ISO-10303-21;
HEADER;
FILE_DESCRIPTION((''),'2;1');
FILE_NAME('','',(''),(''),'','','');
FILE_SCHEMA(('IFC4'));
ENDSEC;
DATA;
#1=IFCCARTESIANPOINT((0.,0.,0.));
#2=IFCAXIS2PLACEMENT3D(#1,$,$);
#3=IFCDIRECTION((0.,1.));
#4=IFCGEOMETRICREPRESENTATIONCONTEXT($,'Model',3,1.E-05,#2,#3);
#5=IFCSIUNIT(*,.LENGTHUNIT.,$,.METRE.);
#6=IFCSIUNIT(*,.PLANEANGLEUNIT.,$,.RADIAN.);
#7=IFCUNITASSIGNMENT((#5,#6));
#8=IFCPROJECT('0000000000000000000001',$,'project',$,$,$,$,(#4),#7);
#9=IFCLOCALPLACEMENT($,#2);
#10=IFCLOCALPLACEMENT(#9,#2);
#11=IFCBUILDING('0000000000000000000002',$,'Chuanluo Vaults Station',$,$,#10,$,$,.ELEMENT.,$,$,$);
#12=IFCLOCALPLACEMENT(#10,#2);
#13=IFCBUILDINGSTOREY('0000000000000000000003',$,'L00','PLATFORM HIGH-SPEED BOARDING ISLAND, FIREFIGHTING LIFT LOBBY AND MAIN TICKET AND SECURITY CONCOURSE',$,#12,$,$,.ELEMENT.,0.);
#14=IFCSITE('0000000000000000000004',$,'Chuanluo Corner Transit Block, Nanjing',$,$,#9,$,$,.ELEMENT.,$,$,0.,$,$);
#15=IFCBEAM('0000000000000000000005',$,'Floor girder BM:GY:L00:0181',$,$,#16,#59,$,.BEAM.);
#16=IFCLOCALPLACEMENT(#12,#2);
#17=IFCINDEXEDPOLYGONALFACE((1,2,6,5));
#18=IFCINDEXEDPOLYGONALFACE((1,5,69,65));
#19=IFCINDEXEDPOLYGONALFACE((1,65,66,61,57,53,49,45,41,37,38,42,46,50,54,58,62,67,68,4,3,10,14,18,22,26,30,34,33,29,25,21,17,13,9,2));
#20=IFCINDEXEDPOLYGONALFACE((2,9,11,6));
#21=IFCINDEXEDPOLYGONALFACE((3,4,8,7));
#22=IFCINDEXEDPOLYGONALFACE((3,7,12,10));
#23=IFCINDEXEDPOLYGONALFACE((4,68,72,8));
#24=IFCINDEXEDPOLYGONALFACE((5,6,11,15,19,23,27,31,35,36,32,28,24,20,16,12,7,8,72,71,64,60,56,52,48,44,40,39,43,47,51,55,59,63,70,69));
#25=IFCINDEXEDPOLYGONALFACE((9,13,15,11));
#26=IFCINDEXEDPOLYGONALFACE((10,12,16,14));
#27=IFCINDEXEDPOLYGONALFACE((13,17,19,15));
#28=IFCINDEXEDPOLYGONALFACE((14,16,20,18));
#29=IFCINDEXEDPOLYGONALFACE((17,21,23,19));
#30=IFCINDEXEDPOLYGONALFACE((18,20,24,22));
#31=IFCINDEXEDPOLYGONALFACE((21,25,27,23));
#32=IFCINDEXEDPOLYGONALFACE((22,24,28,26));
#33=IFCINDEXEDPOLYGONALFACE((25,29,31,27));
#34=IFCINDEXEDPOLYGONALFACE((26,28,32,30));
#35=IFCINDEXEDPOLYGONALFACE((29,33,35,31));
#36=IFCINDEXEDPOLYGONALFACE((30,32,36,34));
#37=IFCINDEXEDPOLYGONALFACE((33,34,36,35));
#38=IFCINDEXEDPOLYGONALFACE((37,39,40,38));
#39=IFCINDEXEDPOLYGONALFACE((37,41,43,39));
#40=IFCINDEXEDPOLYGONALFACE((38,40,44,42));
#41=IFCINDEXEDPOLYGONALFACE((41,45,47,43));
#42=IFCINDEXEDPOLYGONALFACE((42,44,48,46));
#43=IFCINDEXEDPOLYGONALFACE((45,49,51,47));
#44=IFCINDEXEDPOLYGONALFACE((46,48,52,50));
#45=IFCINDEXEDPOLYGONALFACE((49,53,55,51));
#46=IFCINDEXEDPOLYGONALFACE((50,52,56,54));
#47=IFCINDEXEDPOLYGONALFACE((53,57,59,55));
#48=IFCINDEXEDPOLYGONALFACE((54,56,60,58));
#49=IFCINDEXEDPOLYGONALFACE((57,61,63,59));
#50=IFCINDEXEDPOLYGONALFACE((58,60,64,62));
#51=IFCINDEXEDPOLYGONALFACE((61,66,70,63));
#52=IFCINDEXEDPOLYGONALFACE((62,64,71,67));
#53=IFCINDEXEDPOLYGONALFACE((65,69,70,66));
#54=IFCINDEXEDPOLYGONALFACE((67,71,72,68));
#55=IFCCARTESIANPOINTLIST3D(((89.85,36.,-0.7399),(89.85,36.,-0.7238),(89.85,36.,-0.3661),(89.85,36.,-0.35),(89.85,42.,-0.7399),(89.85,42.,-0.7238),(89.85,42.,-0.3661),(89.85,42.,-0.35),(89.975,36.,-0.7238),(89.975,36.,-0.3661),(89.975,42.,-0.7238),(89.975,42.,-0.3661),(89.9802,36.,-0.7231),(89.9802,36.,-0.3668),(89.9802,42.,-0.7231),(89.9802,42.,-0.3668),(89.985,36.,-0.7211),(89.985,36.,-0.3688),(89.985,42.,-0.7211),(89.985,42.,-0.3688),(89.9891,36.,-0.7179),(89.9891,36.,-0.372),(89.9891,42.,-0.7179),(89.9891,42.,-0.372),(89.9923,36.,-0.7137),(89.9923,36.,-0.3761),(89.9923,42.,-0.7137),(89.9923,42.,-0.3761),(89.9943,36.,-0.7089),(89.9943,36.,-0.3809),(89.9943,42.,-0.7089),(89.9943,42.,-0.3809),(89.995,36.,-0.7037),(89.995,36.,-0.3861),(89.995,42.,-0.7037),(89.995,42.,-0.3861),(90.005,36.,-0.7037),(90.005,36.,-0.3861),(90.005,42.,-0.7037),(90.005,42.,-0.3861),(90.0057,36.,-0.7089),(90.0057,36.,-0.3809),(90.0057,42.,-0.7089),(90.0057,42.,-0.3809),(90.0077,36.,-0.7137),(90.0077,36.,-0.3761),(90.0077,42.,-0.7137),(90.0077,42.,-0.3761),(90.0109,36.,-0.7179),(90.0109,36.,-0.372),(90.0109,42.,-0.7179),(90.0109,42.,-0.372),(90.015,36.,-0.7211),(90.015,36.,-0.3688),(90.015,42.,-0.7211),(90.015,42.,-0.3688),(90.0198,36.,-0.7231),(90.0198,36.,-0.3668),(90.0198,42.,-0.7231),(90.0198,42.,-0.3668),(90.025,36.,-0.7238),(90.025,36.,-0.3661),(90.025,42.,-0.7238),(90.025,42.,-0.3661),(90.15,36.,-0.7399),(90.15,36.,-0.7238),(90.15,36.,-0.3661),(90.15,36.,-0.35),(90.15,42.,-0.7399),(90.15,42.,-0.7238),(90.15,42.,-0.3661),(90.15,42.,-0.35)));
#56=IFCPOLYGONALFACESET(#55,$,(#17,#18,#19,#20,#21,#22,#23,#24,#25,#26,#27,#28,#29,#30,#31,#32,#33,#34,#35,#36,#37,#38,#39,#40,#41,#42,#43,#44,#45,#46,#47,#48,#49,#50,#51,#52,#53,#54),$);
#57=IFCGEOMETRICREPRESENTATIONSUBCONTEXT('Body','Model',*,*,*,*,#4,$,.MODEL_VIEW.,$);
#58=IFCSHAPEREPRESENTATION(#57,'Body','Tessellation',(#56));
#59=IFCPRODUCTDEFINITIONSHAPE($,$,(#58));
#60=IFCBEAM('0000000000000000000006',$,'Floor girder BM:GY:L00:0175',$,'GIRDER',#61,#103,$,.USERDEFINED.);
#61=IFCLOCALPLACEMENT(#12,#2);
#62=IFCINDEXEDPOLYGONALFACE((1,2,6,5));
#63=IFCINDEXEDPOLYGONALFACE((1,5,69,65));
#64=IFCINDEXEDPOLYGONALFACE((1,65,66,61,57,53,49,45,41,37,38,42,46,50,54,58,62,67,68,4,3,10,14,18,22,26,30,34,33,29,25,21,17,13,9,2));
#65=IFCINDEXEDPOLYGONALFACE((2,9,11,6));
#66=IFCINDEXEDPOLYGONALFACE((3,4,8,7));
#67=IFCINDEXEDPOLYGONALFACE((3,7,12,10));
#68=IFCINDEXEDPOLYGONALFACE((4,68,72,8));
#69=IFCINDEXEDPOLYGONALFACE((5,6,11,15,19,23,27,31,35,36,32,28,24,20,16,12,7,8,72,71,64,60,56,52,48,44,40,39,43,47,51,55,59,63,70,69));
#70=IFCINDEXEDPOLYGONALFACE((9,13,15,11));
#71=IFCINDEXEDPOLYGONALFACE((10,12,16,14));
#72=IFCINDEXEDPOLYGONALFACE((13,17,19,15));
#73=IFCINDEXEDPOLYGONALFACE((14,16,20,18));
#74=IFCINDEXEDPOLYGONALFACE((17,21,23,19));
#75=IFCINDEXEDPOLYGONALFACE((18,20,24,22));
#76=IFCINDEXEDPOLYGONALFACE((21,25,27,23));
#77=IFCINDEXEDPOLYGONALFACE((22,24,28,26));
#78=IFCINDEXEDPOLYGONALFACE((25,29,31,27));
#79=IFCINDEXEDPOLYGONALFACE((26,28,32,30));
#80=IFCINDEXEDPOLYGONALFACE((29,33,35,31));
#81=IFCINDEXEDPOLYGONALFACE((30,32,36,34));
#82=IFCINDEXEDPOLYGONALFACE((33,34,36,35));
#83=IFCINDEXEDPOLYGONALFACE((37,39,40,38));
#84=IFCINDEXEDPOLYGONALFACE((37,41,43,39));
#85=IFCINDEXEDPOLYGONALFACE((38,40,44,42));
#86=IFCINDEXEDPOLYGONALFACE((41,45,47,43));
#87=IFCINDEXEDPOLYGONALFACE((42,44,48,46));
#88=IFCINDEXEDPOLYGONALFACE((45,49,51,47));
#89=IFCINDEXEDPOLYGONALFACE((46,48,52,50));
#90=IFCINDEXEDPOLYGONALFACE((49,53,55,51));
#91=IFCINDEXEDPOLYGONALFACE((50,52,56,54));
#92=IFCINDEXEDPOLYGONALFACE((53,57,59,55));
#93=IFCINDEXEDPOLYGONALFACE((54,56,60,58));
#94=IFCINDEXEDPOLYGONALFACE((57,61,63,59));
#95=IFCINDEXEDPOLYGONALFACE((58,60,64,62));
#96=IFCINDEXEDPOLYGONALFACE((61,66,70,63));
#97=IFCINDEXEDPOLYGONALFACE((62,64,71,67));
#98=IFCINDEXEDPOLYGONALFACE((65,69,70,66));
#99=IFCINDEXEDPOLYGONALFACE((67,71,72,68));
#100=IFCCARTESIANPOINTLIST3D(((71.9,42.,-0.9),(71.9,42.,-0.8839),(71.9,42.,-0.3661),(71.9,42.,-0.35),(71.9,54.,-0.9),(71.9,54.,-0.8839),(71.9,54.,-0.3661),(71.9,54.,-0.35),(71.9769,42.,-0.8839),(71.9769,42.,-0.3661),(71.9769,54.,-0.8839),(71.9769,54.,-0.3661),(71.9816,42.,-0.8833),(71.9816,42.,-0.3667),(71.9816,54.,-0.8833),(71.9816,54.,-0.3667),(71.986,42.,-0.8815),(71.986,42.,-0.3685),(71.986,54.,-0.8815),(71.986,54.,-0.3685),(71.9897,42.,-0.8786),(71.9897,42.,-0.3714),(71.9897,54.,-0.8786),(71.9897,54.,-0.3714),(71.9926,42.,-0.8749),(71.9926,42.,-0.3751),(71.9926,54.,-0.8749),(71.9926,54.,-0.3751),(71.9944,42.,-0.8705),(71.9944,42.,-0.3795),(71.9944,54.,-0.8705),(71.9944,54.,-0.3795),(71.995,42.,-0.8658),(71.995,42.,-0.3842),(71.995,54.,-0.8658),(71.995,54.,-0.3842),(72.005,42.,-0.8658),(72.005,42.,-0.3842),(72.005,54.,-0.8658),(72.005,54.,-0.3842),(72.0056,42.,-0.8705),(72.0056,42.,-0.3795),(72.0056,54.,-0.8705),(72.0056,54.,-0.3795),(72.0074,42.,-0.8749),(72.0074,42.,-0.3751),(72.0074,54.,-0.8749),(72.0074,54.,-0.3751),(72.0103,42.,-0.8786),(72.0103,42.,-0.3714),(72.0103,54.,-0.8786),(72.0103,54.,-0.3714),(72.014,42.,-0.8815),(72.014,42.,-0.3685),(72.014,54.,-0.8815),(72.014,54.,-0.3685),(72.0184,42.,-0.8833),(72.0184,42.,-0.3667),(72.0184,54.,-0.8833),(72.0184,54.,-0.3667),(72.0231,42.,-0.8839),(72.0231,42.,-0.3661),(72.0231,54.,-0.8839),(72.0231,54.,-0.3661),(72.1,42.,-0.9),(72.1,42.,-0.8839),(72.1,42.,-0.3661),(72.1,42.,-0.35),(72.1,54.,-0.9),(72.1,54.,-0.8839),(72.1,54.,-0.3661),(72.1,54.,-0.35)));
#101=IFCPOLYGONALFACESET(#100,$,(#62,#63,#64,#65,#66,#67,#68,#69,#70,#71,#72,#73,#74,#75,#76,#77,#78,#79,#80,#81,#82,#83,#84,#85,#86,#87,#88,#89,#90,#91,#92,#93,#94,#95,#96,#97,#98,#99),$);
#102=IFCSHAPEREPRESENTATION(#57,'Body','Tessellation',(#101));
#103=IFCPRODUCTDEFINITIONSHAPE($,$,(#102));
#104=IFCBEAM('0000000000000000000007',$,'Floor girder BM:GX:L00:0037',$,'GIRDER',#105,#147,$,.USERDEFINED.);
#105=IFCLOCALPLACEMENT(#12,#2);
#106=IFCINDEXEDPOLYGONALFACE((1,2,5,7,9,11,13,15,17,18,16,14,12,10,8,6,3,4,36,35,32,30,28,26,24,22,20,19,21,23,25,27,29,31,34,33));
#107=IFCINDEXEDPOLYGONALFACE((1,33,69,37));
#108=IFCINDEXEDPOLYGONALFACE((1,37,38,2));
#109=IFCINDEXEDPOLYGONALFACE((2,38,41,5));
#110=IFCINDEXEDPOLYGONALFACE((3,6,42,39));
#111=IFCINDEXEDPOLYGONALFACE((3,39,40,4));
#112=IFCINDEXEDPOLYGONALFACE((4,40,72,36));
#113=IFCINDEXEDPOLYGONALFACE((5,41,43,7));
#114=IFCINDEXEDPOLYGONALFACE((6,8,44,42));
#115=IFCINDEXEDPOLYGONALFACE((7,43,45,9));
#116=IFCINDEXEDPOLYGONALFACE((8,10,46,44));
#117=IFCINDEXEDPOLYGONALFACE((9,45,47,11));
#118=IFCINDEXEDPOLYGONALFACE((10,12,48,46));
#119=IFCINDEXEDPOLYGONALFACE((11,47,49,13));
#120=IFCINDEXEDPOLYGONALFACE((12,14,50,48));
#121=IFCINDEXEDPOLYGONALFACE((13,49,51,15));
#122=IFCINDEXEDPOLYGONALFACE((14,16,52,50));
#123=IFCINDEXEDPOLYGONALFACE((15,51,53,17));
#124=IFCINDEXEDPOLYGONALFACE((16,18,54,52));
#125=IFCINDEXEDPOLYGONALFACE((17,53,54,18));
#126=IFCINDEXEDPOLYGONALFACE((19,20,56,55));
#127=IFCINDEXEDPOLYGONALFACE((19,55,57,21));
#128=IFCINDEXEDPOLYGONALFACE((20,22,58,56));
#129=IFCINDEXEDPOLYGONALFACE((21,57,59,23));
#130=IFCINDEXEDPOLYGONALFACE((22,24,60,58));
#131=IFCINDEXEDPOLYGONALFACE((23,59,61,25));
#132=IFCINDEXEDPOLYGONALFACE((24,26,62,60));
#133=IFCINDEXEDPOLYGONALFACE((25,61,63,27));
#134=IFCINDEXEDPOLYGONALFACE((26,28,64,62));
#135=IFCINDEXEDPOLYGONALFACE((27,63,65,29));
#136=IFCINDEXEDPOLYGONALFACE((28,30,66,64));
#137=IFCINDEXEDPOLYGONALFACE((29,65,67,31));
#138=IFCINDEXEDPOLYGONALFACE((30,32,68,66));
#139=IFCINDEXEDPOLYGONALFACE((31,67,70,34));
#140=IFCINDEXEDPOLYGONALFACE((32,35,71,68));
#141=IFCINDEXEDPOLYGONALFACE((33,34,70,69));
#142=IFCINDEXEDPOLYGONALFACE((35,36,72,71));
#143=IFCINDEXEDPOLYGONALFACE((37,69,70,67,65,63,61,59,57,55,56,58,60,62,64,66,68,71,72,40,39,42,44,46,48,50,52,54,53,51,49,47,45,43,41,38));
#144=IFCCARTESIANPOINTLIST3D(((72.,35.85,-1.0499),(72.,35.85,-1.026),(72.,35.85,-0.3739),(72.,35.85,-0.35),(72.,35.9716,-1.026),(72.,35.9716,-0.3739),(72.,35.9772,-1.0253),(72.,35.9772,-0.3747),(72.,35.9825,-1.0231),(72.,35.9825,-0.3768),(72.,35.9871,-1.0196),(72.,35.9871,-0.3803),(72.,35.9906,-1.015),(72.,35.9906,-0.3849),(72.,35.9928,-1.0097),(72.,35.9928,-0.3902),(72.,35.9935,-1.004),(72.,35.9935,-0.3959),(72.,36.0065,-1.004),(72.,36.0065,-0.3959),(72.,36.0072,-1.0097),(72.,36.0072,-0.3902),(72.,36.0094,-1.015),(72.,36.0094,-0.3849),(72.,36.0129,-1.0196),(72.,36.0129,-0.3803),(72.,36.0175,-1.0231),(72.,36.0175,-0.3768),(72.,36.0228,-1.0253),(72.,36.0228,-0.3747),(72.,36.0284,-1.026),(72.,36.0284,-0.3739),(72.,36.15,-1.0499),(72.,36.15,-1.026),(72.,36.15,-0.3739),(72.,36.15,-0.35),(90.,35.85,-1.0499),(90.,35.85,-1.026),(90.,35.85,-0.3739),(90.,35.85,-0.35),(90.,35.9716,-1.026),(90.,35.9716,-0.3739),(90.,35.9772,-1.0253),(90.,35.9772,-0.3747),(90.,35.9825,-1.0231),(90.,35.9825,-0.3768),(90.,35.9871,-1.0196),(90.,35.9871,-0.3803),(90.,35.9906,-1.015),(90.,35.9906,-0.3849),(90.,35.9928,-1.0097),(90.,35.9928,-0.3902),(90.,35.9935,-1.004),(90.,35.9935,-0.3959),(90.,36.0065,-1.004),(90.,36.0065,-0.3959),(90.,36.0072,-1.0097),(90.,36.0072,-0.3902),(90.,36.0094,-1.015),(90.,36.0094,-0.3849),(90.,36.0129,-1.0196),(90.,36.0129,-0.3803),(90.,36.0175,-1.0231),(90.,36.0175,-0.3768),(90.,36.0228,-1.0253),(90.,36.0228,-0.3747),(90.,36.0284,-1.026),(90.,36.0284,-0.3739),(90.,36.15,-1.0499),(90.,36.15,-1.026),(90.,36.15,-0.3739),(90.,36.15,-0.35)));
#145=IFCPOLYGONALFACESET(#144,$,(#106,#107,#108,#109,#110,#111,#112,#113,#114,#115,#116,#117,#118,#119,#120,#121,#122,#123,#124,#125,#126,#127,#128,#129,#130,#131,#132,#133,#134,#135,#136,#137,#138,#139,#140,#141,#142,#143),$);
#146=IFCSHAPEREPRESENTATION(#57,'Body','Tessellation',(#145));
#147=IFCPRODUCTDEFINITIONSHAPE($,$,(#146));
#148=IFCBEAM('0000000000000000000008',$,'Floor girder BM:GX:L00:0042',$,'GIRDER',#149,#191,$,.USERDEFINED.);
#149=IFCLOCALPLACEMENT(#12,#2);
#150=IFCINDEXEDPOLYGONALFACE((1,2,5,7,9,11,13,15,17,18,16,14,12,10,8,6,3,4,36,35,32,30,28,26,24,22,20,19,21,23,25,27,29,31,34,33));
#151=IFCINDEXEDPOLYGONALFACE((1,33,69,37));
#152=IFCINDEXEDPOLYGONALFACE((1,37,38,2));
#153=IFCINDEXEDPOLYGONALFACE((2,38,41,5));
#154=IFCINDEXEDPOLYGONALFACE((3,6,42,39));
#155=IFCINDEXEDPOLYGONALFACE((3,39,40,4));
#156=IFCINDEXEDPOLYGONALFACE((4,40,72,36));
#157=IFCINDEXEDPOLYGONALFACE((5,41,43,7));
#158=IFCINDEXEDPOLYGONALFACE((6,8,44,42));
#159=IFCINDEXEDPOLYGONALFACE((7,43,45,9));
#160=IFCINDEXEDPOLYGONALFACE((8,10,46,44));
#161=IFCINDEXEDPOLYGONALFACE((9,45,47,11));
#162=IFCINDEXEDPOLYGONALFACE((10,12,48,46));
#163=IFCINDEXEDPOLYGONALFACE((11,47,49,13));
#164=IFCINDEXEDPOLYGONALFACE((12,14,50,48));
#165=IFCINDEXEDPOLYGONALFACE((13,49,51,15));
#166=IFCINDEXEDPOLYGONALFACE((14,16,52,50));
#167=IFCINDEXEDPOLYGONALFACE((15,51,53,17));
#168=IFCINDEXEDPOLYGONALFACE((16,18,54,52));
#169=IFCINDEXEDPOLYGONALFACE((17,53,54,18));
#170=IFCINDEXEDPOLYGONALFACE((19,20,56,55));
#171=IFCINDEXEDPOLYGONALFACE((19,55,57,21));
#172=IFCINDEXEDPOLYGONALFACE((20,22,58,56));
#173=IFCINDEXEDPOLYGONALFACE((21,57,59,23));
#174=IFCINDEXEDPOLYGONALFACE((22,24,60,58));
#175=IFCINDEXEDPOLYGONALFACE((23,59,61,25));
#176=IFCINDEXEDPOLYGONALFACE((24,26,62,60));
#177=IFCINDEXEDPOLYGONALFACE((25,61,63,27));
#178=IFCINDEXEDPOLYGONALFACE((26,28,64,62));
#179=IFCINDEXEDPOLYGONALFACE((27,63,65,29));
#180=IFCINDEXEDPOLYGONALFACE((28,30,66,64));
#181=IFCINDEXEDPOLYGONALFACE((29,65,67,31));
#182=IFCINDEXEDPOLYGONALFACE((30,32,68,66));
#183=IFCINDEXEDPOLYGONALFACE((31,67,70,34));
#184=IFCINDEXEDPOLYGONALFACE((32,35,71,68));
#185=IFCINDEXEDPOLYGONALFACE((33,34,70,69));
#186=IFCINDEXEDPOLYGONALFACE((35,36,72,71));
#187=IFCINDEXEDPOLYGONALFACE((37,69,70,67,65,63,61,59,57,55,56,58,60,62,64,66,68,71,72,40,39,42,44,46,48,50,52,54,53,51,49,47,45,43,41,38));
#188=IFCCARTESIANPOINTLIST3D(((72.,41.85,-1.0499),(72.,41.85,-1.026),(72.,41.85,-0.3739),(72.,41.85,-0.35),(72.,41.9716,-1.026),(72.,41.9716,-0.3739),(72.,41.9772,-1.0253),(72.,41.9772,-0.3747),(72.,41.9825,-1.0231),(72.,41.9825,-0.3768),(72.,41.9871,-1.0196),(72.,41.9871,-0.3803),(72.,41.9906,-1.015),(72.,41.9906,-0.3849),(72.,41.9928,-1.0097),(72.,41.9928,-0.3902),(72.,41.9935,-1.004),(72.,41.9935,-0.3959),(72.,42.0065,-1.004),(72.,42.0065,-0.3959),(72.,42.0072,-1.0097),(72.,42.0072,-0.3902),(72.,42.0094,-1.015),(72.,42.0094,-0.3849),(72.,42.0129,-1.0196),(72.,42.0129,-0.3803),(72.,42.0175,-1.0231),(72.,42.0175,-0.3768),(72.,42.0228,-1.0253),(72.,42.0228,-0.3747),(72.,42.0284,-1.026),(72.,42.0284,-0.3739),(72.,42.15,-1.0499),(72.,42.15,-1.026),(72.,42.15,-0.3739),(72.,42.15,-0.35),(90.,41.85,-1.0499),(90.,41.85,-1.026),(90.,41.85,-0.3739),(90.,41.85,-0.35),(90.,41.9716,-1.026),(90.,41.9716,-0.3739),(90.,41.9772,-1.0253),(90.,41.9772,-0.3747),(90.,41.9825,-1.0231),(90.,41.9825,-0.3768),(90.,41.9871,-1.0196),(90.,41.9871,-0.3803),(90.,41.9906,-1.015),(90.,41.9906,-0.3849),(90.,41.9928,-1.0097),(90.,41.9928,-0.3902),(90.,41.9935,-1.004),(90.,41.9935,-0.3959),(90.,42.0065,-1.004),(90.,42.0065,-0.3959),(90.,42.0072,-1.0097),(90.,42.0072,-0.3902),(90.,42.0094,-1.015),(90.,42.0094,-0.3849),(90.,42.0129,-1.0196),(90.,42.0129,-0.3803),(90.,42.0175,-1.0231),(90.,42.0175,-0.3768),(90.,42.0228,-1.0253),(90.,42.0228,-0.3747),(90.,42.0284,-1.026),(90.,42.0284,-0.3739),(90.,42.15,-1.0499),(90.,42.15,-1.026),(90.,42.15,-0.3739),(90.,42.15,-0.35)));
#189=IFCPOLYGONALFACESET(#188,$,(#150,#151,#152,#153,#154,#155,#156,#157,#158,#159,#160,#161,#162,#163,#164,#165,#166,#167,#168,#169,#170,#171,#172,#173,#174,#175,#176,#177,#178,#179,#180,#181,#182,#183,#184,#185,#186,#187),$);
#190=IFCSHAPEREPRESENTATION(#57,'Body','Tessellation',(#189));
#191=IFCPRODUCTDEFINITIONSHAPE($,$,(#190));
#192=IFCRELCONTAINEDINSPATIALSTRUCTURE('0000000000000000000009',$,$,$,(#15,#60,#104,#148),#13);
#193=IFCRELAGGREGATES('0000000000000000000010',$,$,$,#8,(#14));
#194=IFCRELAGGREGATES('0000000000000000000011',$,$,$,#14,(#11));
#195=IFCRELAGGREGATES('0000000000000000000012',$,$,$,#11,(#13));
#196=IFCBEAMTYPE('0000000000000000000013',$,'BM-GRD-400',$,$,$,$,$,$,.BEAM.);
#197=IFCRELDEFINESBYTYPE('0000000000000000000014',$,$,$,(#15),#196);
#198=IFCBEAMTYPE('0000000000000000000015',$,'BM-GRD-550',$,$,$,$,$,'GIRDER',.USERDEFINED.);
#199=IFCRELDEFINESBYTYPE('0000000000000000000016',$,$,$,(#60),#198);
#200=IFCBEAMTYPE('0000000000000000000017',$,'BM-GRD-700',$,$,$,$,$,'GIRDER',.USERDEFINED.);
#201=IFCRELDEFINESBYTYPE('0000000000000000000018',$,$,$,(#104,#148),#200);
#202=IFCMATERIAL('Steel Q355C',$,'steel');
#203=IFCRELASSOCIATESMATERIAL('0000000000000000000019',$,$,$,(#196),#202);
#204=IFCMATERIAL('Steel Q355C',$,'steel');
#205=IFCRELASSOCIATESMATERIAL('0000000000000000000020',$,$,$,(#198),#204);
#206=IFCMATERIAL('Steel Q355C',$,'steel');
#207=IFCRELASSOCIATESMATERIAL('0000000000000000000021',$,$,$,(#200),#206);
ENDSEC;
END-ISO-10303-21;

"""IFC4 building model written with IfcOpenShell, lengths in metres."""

from ifc_helpers import new_model, si_unit, direction, frame, origin, origin_2d, place, context, subcontext, project, spatial, i_section, extrude, material, material_profile, profile_set, type_object, element, save


model = new_model("IFC4")

# Units and contexts
model_context = context("Model", 3, precision=1e-05, world=origin(), true_north=direction((0.0, 1.0)))
body_context = subcontext(model_context, "Body", "Model", "MODEL_VIEW")
ifc_project = project(units=[si_unit("LENGTHUNIT", "METRE"), si_unit("PLANEANGLEUNIT", "RADIAN")], contexts=[model_context])

# Site, building, storey
site_placement = place(None, origin())
site = spatial("IfcSite", under=ifc_project, at=site_placement, Name="Chuanluo Corner Transit Block, Nanjing", CompositionType="ELEMENT", RefElevation=0.0)
building_placement = place(site_placement, origin())
building = spatial("IfcBuilding", under=site, at=building_placement, Name="Chuanluo Vaults Station", CompositionType="ELEMENT")
storey_placement = place(building_placement, origin())
storey = spatial("IfcBuildingStorey", under=building, at=storey_placement, Name="L00", Description="PLATFORM HIGH-SPEED BOARDING ISLAND, FIREFIGHTING LIFT LOBBY AND MAIN TICKET AND SECURITY CONCOURSE", CompositionType="ELEMENT", Elevation=0.0)

# Beams
ifc_material_1 = material(Name="Steel Q355C", Category="steel")
ifc_material_profile_1 = material_profile(ifc_material_1, i_section(OverallWidth=0.3, OverallDepth=0.3899, WebThickness=0.01, FlangeThickness=0.0161, FilletRadius=0.02, at=origin_2d()))
ifc_profile_set_1 = profile_set([ifc_material_profile_1], Name="Steel Q355C")
beam_type_1 = type_object("IfcBeamType", Name="BM-GRD-400", PredefinedType="BEAM", material=ifc_profile_set_1)
for number, where, z_axis, x_axis, name in (
    (1, (90.0, 36.0, -0.5449), (0.0, 1.0, 0.0), (-1.0, 0.0, 0.0), "Floor girder BM:GY:L00:0181"),
):
    element("IfcBeam", number, at=place(storey_placement, frame(where, z_axis=z_axis, x_axis=x_axis)), inside=storey, type_object=beam_type_1, Name=name, PredefinedType="BEAM", context=body_context, shape_type="SweptSolid", body=[
        extrude(i_section(OverallWidth=0.3, OverallDepth=0.3899, WebThickness=0.01, FlangeThickness=0.0161, FilletRadius=0.02, at=origin_2d()), origin(), (0.0, 0.0, 1.0), 6.0),
    ])
ifc_material_2 = material(Name="Steel Q355C", Category="steel")
ifc_material_profile_2 = material_profile(ifc_material_2, i_section(OverallWidth=0.2, OverallDepth=0.55, WebThickness=0.01, FlangeThickness=0.0161, FilletRadius=0.0181, at=origin_2d()))
ifc_profile_set_2 = profile_set([ifc_material_profile_2], Name="Steel Q355C")
beam_type_2 = type_object("IfcBeamType", Name="BM-GRD-550", ElementType="GIRDER", PredefinedType="USERDEFINED", material=ifc_profile_set_2)
beam_placement = place(storey_placement, frame((72.0, 42.0, -0.625), z_axis=(0.0, 1.0, 0.0), x_axis=(-1.0, 0.0, 0.0)))
element("IfcBeam", 2, at=beam_placement, inside=storey, type_object=beam_type_2, Name="Floor girder BM:GY:L00:0175", ObjectType="GIRDER", PredefinedType="USERDEFINED", context=body_context, shape_type="SweptSolid", body=[
    extrude(i_section(OverallWidth=0.2, OverallDepth=0.55, WebThickness=0.01, FlangeThickness=0.0161, FilletRadius=0.0181, at=origin_2d()), origin(), (0.0, 0.0, 1.0), 12.0),
])
ifc_material_3 = material(Name="Steel Q355C", Category="steel")
ifc_material_profile_3 = material_profile(ifc_material_3, i_section(OverallWidth=0.3, OverallDepth=0.7, WebThickness=0.0129, FlangeThickness=0.0239, FilletRadius=0.022, at=origin_2d()))
ifc_profile_set_3 = profile_set([ifc_material_profile_3], Name="Steel Q355C")
beam_type_3 = type_object("IfcBeamType", Name="BM-GRD-700", ElementType="GIRDER", PredefinedType="USERDEFINED", material=ifc_profile_set_3)
for number, where, z_axis, x_axis, name in (
    (3, (72.0, 36.0, -0.7), (1.0, 0.0, 0.0), (0.0, 1.0, 0.0), "Floor girder BM:GX:L00:0037"),
    (4, (72.0, 42.0, -0.7), (1.0, 0.0, 0.0), (0.0, 1.0, 0.0), "Floor girder BM:GX:L00:0042"),
):
    element("IfcBeam", number, at=place(storey_placement, frame(where, z_axis=z_axis, x_axis=x_axis)), inside=storey, type_object=beam_type_3, Name=name, ObjectType="GIRDER", PredefinedType="USERDEFINED", context=body_context, shape_type="SweptSolid", body=[
        extrude(i_section(OverallWidth=0.3, OverallDepth=0.7, WebThickness=0.0129, FlangeThickness=0.0239, FilletRadius=0.022, at=origin_2d()), origin(), (0.0, 0.0, 1.0), 18.0),
    ])

save(model, "model.ifc")
